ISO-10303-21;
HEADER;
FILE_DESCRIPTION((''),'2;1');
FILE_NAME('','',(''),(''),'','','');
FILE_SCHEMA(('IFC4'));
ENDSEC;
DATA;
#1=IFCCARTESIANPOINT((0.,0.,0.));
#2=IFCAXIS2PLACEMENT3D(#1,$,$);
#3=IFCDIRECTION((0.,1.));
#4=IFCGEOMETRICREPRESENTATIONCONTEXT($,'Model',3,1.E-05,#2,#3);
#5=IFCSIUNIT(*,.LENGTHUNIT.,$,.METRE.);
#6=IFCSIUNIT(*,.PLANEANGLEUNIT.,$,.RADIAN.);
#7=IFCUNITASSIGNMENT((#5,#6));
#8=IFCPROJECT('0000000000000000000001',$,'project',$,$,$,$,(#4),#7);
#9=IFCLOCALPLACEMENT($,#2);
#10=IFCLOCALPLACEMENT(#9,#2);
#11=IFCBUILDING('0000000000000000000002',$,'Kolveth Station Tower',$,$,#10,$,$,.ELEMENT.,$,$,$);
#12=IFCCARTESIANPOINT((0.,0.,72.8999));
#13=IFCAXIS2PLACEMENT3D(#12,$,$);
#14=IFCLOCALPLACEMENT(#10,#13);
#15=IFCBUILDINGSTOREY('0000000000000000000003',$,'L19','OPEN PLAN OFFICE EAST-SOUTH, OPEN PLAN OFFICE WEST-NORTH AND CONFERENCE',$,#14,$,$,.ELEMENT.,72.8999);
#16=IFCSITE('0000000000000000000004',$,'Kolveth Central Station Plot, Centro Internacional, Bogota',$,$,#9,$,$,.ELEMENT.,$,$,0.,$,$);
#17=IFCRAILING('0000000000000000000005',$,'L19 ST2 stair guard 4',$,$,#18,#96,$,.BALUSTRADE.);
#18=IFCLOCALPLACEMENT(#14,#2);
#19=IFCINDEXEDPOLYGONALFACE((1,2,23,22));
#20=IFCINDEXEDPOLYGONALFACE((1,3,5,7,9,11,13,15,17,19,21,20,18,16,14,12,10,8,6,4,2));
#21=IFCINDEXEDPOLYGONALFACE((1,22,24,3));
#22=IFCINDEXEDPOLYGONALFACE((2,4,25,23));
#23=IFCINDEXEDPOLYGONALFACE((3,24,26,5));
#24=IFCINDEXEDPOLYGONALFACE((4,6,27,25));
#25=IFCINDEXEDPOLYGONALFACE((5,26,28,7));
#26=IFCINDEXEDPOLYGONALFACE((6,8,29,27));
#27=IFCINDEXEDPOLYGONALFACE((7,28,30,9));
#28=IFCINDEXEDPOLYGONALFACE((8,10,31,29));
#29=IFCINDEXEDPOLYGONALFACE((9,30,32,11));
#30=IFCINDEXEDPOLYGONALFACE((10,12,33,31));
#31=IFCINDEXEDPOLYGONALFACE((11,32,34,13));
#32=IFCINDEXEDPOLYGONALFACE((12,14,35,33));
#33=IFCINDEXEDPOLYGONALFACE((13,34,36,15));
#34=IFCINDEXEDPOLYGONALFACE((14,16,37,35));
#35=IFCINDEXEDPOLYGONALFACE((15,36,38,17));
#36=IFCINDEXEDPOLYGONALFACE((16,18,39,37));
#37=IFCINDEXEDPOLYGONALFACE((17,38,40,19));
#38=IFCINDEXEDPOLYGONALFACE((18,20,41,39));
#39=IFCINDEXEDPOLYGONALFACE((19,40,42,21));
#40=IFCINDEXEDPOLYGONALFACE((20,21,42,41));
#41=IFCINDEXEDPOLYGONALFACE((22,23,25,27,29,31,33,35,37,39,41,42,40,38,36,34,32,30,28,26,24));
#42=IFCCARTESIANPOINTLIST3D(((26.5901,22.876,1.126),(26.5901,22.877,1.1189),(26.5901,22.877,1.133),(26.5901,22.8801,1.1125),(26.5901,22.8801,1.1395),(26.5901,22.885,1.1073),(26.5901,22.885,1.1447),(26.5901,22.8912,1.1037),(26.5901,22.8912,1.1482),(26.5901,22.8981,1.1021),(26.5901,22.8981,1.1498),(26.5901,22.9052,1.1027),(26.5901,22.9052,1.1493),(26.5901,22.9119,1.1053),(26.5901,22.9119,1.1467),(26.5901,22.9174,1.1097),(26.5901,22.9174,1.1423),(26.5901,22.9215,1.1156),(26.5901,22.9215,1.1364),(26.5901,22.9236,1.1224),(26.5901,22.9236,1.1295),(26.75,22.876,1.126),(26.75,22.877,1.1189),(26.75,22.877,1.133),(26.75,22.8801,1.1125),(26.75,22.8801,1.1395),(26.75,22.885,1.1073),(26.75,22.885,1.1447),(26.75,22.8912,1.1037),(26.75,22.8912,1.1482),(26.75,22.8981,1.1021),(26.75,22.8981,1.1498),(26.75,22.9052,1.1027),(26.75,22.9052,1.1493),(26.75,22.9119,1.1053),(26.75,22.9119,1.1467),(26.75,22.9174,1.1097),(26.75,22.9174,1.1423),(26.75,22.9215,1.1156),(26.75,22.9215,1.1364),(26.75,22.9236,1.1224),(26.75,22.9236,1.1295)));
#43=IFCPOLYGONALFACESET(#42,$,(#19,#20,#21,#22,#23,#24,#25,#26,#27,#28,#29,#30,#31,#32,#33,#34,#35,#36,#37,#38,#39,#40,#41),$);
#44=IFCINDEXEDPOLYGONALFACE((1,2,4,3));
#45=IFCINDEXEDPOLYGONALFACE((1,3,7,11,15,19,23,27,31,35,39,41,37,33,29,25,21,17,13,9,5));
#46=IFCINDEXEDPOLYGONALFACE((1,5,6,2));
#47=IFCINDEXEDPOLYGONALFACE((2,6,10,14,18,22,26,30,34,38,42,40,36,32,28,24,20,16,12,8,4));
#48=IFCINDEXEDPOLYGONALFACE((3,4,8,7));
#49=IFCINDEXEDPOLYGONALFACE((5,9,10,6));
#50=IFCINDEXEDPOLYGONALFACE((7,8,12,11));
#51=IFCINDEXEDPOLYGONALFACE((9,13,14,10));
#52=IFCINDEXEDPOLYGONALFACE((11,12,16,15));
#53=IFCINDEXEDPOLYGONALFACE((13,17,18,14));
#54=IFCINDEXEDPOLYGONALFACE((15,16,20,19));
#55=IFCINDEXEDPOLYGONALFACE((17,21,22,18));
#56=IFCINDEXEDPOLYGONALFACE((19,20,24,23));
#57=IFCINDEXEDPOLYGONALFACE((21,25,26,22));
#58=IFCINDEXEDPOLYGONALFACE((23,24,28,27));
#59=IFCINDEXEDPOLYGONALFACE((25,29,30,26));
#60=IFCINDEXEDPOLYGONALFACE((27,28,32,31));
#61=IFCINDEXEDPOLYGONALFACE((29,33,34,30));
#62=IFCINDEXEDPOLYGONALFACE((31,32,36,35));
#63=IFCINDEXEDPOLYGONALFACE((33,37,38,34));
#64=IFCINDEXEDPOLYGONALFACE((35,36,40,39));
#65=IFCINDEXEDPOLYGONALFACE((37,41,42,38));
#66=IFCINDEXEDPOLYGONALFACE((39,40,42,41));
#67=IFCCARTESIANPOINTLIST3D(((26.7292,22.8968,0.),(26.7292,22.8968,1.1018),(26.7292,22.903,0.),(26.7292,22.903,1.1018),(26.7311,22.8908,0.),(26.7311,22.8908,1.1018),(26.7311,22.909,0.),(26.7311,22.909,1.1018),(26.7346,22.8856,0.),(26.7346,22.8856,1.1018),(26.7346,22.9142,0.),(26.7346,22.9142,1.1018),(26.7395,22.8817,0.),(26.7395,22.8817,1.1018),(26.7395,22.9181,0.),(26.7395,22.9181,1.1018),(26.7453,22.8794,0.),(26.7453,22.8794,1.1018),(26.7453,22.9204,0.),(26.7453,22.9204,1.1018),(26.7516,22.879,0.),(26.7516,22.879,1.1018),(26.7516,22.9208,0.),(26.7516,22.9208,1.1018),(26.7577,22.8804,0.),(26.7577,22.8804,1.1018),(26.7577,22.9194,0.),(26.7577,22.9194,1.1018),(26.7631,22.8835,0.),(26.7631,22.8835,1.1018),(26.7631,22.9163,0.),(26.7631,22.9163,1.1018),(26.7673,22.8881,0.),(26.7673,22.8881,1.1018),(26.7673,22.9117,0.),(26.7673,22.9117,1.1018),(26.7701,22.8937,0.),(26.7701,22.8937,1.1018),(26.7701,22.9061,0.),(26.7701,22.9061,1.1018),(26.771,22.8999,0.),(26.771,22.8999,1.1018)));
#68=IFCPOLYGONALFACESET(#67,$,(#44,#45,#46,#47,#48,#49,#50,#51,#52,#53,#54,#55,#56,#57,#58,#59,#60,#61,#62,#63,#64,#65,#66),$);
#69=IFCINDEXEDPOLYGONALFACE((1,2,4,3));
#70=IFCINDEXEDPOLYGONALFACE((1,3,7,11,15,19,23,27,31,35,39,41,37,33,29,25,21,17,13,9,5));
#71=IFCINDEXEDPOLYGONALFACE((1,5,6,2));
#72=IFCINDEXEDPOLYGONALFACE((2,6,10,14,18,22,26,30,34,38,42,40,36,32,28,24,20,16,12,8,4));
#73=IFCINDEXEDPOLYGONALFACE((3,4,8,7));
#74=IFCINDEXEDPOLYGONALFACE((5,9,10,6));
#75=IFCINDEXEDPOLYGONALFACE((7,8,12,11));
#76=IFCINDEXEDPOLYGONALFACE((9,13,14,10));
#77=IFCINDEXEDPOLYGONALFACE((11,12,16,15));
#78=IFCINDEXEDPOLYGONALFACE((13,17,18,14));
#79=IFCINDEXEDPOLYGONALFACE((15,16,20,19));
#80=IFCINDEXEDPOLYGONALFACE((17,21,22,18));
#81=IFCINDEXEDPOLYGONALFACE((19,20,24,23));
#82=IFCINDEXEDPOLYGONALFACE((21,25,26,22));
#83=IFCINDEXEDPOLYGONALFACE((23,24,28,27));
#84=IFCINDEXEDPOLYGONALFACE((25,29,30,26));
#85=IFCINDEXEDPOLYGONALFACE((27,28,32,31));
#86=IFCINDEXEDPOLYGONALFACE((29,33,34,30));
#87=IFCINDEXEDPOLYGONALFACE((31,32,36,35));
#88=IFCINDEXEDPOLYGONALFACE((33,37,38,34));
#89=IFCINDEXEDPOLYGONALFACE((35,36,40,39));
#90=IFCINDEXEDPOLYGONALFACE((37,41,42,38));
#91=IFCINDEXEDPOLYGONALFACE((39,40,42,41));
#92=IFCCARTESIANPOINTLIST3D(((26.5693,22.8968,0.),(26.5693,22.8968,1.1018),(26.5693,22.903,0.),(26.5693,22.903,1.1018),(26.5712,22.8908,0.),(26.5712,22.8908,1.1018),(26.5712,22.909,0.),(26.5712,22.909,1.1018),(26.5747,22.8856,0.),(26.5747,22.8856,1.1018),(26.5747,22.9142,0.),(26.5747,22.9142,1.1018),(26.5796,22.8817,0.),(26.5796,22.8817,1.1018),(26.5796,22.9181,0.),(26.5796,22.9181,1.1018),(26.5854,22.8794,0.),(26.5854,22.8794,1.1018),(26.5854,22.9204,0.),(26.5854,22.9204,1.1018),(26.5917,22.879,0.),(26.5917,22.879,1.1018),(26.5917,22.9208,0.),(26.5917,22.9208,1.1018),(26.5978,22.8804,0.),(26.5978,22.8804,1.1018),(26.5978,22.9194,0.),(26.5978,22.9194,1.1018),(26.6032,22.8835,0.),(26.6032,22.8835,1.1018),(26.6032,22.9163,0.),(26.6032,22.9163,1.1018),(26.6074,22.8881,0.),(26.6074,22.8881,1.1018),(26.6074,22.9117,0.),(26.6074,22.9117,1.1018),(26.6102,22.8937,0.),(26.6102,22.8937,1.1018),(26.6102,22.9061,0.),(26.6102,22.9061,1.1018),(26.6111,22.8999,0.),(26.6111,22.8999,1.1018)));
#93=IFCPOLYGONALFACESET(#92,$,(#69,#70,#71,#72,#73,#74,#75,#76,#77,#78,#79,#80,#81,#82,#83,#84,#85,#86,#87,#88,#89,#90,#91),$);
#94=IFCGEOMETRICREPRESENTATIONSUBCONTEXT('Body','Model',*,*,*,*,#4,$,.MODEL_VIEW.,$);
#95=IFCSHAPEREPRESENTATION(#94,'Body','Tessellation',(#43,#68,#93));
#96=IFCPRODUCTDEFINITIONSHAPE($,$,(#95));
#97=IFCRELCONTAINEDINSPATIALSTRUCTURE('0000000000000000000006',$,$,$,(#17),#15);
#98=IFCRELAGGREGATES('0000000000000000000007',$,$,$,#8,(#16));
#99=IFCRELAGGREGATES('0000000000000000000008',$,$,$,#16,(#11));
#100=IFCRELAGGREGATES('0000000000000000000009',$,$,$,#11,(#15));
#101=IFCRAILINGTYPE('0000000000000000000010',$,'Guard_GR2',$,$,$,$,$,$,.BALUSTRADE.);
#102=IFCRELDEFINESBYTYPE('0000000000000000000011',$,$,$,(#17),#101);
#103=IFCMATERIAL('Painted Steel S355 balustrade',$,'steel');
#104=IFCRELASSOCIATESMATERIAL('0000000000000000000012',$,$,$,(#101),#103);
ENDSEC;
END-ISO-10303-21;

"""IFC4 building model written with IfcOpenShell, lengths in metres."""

from ifc_helpers import new_model, si_unit, direction, frame, origin, origin_2d, place, context, subcontext, project, spatial, circle, extrude, material, type_object, element, save


model = new_model("IFC4")

# Units and contexts
model_context = context("Model", 3, precision=1e-05, world=origin(), true_north=direction((0.0, 1.0)))
body_context = subcontext(model_context, "Body", "Model", "MODEL_VIEW")
ifc_project = project(units=[si_unit("LENGTHUNIT", "METRE"), si_unit("PLANEANGLEUNIT", "RADIAN")], contexts=[model_context])

# Site, building, storey
site_placement = place(None, origin())
site = spatial("IfcSite", under=ifc_project, at=site_placement, Name="Kolveth Central Station Plot, Centro Internacional, Bogota", CompositionType="ELEMENT", RefElevation=0.0)
building_placement = place(site_placement, origin())
building = spatial("IfcBuilding", under=site, at=building_placement, Name="Kolveth Station Tower", CompositionType="ELEMENT")
storey_placement = place(building_placement, frame((0.0, 0.0, 72.8999)))
storey = spatial("IfcBuildingStorey", under=building, at=storey_placement, Name="L19", Description="OPEN PLAN OFFICE EAST-SOUTH, OPEN PLAN OFFICE WEST-NORTH AND CONFERENCE", CompositionType="ELEMENT", Elevation=72.8999)

# Railing
ifc_material_1 = material(Name="Painted Steel S355 balustrade", Category="steel")
railing_type_1 = type_object("IfcRailingType", Name="Guard_GR2", PredefinedType="BALUSTRADE", material=ifc_material_1)
railing_1_placement = place(storey_placement, frame((26.75, 22.8999, 0.0)))
element("IfcRailing", 1, at=railing_1_placement, inside=storey, type_object=railing_type_1, Name="L19 ST2 stair guard 4", PredefinedType="BALUSTRADE", context=body_context, shape_type="SweptSolid", body=[
    extrude(circle(Radius=0.0239, at=origin_2d()), frame((0.0, 0.0, 1.126), z_axis=(-1.0, 0.0, 0.0), x_axis=(0.0, -1.0, 0.0)), (0.0, 0.0, 1.0), 0.1599),
    extrude(circle(Radius=0.021, at=origin_2d()), origin(), (0.0, 0.0, 1.0), 1.1018),
    extrude(circle(Radius=0.021, at=origin_2d()), frame((-0.1599, 0.0, 0.0)), (0.0, 0.0, 1.0), 1.1018),
])

save(model, "model.ifc")
